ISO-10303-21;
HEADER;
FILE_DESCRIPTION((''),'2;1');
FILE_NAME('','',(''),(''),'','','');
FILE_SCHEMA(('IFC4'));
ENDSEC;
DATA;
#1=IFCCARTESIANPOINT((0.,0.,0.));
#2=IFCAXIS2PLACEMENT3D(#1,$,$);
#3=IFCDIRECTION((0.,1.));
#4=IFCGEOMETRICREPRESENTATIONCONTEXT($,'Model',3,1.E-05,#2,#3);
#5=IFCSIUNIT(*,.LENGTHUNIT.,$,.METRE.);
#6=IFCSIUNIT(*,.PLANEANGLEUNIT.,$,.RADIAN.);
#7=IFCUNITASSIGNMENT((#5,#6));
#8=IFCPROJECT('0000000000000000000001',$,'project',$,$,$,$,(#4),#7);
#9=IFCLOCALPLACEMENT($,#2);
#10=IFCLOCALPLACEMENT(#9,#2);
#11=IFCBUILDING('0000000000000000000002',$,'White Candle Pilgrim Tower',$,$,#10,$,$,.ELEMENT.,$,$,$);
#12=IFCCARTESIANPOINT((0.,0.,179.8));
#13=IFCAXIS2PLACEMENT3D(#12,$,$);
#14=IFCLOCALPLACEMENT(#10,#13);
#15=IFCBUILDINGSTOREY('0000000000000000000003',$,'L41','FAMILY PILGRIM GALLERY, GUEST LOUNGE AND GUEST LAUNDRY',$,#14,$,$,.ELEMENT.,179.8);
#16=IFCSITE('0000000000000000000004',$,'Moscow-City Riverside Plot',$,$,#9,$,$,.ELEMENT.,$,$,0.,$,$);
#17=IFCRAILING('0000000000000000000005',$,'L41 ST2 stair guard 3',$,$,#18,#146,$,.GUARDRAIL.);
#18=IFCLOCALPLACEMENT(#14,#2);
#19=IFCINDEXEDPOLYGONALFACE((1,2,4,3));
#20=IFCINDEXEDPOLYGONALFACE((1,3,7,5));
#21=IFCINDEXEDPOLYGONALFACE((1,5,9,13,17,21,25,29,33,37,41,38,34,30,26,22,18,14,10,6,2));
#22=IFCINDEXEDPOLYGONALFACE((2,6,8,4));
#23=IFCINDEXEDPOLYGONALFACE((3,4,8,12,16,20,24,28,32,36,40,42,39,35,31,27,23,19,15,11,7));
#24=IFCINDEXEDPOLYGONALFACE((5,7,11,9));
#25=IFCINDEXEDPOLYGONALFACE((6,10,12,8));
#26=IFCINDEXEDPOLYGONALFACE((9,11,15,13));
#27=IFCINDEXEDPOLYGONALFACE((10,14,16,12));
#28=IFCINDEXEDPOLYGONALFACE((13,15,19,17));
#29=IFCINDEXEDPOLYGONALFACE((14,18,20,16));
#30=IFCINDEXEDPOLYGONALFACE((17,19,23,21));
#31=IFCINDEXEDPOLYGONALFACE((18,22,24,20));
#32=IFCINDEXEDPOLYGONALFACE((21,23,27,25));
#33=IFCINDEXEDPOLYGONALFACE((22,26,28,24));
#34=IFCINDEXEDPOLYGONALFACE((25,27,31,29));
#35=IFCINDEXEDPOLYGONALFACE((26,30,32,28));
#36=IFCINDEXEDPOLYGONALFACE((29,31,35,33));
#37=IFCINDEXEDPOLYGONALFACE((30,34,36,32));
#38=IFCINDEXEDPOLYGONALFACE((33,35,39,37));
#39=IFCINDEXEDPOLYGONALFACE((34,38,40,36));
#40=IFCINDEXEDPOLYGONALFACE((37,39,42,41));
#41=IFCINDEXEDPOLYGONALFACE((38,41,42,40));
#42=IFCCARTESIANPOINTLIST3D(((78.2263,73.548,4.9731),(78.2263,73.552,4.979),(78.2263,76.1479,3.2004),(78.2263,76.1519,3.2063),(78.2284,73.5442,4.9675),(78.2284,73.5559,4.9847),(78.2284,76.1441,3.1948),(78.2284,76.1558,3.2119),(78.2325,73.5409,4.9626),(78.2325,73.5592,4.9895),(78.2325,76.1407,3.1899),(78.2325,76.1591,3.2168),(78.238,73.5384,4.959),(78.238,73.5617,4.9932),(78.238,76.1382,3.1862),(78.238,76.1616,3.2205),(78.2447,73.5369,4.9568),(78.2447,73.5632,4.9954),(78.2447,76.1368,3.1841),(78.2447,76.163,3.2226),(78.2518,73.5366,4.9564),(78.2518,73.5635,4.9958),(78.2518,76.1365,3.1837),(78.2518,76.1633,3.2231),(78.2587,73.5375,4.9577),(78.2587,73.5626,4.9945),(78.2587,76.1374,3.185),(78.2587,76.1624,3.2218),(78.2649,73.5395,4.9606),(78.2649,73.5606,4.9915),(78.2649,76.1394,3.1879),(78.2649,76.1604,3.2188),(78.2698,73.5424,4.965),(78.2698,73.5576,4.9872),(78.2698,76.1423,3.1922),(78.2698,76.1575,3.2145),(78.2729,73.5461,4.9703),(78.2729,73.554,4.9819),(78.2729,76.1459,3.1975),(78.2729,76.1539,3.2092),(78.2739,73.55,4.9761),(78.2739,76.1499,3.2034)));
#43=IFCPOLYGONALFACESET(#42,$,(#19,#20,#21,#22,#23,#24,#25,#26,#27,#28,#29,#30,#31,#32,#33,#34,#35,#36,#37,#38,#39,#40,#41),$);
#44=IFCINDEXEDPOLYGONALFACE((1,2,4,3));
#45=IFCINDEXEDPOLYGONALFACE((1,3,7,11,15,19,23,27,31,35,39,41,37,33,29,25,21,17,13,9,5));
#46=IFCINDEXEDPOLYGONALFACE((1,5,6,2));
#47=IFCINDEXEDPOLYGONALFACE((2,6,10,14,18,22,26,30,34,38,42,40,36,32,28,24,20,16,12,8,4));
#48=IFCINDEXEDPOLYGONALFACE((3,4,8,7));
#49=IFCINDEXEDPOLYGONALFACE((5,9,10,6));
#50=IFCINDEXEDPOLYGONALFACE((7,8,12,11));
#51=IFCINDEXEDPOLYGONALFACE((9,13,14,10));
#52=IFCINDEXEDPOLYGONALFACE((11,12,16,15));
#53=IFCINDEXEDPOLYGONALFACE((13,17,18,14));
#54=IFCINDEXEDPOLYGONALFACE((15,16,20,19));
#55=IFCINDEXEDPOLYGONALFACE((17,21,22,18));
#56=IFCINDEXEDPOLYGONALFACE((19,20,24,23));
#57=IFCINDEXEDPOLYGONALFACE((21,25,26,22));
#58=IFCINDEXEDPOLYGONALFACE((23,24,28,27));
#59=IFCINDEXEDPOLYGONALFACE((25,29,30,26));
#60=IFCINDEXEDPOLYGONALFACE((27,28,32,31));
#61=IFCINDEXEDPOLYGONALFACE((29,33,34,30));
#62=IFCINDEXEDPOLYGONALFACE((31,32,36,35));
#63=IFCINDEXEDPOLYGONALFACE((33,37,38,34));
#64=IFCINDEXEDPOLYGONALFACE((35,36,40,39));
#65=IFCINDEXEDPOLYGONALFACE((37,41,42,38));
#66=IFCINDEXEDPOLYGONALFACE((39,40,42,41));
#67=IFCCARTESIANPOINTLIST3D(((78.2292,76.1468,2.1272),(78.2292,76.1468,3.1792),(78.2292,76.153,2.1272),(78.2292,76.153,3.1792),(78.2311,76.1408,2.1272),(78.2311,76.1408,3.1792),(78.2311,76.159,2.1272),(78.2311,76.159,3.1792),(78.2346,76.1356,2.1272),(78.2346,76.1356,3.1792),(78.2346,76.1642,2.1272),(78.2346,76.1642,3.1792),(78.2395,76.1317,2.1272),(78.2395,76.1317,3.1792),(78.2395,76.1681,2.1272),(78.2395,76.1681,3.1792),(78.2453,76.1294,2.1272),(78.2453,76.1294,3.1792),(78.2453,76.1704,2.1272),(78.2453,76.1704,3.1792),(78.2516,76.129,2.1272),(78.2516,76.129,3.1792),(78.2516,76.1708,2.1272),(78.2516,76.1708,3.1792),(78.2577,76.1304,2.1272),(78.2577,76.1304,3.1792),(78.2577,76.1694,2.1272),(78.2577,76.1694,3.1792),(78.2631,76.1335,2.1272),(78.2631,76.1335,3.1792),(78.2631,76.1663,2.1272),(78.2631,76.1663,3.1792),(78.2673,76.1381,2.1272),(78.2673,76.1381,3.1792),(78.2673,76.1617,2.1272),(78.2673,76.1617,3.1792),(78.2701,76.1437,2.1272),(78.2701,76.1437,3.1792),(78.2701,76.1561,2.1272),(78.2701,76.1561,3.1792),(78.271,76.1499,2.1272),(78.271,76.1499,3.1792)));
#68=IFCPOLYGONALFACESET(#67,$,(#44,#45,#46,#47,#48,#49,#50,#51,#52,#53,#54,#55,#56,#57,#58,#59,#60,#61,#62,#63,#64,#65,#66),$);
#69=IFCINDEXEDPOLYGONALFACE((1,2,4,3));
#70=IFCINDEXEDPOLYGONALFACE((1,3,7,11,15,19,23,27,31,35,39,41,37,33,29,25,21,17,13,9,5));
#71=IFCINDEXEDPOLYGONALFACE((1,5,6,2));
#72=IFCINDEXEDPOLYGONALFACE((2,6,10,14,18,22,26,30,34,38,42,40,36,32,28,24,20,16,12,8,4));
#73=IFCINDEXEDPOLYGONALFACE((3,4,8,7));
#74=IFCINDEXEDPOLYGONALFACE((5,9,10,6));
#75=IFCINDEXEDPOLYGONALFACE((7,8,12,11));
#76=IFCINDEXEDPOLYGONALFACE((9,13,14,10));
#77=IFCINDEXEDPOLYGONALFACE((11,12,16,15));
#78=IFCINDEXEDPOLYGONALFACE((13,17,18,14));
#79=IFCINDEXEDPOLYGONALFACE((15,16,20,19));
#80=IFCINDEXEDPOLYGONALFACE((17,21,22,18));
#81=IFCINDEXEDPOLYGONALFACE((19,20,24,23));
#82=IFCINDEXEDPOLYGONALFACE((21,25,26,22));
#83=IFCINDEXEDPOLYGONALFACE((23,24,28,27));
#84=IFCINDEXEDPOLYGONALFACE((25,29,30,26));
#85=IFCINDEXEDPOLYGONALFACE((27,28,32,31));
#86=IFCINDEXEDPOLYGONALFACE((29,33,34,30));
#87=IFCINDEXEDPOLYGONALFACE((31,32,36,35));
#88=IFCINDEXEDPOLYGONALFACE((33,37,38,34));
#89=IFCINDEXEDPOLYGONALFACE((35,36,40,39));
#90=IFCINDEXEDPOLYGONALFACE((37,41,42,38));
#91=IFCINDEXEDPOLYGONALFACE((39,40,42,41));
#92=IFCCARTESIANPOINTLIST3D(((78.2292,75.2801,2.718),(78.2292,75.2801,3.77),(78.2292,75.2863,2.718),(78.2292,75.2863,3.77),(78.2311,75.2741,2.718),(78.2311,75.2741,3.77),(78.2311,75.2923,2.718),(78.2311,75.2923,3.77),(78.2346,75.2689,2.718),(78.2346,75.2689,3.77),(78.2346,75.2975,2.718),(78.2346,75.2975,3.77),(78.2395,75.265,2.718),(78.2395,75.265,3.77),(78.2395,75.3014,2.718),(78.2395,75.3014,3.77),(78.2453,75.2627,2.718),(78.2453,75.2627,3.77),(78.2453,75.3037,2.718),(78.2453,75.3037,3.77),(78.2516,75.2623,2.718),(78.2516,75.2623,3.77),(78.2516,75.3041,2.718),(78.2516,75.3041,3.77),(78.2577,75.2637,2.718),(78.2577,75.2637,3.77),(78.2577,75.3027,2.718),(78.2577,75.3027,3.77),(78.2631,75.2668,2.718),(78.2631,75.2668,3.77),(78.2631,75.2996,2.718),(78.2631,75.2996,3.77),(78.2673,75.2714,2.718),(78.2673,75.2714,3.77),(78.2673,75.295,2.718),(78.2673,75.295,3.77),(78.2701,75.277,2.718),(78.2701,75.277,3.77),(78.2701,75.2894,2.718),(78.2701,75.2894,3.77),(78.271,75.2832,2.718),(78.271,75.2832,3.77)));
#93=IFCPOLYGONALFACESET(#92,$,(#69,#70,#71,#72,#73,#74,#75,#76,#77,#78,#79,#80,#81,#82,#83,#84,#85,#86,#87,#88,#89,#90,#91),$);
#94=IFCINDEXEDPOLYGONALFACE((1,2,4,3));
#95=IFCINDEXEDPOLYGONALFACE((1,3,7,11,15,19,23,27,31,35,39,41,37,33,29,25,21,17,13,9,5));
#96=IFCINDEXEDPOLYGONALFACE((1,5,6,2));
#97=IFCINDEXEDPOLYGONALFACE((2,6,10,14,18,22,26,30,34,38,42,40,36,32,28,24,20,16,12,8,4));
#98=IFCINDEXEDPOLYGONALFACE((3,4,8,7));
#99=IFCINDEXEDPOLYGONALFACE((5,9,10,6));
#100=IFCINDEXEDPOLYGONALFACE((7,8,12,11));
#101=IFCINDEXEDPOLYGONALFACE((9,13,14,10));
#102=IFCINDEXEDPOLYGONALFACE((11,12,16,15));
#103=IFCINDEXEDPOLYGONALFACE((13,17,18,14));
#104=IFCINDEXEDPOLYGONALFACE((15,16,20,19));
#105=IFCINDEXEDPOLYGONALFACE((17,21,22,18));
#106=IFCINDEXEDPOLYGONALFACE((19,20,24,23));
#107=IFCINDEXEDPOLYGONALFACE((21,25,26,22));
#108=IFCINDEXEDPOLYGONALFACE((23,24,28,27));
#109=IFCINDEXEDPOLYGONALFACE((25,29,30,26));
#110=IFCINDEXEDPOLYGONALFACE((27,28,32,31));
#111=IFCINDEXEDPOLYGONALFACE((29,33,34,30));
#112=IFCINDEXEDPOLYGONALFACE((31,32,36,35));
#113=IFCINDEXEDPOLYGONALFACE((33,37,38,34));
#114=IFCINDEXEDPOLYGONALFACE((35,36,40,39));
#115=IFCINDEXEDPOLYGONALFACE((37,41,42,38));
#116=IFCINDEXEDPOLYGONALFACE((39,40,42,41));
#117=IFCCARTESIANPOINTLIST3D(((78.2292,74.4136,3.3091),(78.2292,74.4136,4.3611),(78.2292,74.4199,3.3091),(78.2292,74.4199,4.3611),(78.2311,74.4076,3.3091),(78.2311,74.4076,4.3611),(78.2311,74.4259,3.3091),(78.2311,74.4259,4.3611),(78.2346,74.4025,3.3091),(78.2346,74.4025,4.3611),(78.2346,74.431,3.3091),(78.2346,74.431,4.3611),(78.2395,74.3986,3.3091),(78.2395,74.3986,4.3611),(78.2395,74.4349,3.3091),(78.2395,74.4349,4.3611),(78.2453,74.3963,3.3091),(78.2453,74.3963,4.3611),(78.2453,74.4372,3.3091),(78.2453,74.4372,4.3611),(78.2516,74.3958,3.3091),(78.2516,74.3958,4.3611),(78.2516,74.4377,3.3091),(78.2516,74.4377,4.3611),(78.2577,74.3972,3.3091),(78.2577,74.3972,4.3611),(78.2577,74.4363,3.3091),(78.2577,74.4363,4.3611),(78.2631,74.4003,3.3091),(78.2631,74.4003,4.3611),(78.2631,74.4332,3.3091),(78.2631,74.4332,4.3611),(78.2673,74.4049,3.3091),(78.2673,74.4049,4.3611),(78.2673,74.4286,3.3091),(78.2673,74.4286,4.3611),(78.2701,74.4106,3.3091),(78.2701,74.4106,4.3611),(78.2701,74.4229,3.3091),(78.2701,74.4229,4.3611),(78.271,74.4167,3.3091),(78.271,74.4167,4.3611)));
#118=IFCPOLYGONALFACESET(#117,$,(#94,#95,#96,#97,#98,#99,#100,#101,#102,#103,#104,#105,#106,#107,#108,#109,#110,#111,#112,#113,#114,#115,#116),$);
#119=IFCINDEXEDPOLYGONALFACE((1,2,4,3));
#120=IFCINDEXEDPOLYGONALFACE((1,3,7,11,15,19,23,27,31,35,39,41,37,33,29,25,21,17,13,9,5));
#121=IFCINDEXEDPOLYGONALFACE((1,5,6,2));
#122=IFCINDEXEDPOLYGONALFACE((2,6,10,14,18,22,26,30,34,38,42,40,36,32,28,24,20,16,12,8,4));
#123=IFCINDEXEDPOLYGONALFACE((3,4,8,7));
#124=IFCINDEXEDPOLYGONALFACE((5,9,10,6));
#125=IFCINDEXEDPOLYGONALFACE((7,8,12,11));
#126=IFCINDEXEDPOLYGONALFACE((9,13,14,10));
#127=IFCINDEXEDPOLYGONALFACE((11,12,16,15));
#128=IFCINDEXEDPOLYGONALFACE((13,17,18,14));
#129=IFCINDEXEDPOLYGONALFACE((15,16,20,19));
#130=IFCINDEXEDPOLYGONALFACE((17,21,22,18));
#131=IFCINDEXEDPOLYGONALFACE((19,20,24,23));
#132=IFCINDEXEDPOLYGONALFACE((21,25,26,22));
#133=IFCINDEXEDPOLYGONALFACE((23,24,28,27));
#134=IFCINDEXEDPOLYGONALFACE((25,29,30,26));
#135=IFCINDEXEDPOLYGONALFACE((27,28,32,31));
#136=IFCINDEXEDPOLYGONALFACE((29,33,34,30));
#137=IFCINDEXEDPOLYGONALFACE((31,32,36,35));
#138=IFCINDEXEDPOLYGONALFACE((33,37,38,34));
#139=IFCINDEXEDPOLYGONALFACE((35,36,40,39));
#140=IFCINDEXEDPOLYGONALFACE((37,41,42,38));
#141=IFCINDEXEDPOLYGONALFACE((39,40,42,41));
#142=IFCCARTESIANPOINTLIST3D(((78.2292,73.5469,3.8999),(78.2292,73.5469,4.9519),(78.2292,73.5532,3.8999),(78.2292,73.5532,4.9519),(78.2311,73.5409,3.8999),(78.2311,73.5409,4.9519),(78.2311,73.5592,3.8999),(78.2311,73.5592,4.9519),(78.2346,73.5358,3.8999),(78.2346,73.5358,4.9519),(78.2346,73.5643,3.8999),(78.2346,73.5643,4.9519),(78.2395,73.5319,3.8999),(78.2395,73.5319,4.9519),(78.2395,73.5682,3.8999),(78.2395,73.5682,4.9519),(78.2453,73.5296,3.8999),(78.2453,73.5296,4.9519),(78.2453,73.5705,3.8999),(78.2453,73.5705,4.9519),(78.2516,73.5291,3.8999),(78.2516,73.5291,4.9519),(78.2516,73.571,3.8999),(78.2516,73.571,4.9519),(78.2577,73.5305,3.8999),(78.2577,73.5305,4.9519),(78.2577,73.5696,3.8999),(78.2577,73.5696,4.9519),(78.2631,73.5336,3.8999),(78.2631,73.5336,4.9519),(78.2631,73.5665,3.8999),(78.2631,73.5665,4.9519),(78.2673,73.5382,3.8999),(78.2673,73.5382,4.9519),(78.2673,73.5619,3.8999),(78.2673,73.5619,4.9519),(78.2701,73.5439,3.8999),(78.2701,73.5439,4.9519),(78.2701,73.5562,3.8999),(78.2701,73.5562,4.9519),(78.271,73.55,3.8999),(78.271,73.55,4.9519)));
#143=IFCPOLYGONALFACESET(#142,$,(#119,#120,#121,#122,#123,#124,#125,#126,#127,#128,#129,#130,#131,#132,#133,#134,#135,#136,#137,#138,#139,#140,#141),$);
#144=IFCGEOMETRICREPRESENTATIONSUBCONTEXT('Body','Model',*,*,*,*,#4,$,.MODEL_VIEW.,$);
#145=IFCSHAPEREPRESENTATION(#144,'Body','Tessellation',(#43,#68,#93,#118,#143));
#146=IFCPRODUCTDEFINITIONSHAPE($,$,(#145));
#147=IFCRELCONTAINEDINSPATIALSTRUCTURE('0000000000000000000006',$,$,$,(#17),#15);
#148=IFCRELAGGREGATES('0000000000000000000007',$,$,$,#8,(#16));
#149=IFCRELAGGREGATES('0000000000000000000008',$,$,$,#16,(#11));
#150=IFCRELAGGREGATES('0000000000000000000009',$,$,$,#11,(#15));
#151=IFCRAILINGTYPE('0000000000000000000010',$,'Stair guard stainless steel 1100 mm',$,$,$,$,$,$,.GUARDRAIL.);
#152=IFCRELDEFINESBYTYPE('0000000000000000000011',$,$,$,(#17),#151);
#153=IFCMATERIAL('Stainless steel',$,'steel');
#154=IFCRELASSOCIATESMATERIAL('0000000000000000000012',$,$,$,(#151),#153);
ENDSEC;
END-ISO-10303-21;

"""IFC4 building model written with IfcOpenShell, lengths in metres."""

from ifc_helpers import new_model, si_unit, direction, frame, origin, origin_2d, place, context, subcontext, project, spatial, circle, extrude, material, type_object, element, save


model = new_model("IFC4")

# Units and contexts
model_context = context("Model", 3, precision=1e-05, world=origin(), true_north=direction((0.0, 1.0)))
body_context = subcontext(model_context, "Body", "Model", "MODEL_VIEW")
ifc_project = project(units=[si_unit("LENGTHUNIT", "METRE"), si_unit("PLANEANGLEUNIT", "RADIAN")], contexts=[model_context])

# Site, building, storey
site_placement = place(None, origin())
site = spatial("IfcSite", under=ifc_project, at=site_placement, Name="Moscow-City Riverside Plot", CompositionType="ELEMENT", RefElevation=0.0)
building_placement = place(site_placement, origin())
building = spatial("IfcBuilding", under=site, at=building_placement, Name="White Candle Pilgrim Tower", CompositionType="ELEMENT")
storey_placement = place(building_placement, frame((0.0, 0.0, 179.8)))
storey = spatial("IfcBuildingStorey", under=building, at=storey_placement, Name="L41", Description="FAMILY PILGRIM GALLERY, GUEST LOUNGE AND GUEST LAUNDRY", CompositionType="ELEMENT", Elevation=179.8)

# Railing
ifc_material_1 = material(Name="Stainless steel", Category="steel")
railing_type_1 = type_object("IfcRailingType", Name="Stair guard stainless steel 1100 mm", PredefinedType="GUARDRAIL", material=ifc_material_1)
railing_1_placement = place(storey_placement, frame((78.25, 76.1499, 2.1272)))
element("IfcRailing", 1, at=railing_1_placement, inside=storey, type_object=railing_type_1, Name="L41 ST2 stair guard 3", PredefinedType="GUARDRAIL", context=body_context, shape_type="SweptSolid", body=[
    extrude(circle(Radius=0.0239, at=origin_2d()), frame((0.0, 0.0, 1.0762), z_axis=(0.0, -0.826216, 0.563354), x_axis=(1.0, 0.0, 0.0)), (0.0, 0.0, 1.0), 3.1467),
    extrude(circle(Radius=0.021, at=origin_2d()), origin(), (0.0, 0.0, 1.0), 1.052),
    extrude(circle(Radius=0.021, at=origin_2d()), frame((0.0, -0.8667, 0.5908)), (0.0, 0.0, 1.0), 1.052),
    extrude(circle(Radius=0.021, at=origin_2d()), frame((0.0, -1.7332, 1.1819)), (0.0, 0.0, 1.0), 1.052),
    extrude(circle(Radius=0.021, at=origin_2d()), frame((0.0, -2.5999, 1.7727)), (0.0, 0.0, 1.0), 1.052),
])

save(model, "model.ifc")
